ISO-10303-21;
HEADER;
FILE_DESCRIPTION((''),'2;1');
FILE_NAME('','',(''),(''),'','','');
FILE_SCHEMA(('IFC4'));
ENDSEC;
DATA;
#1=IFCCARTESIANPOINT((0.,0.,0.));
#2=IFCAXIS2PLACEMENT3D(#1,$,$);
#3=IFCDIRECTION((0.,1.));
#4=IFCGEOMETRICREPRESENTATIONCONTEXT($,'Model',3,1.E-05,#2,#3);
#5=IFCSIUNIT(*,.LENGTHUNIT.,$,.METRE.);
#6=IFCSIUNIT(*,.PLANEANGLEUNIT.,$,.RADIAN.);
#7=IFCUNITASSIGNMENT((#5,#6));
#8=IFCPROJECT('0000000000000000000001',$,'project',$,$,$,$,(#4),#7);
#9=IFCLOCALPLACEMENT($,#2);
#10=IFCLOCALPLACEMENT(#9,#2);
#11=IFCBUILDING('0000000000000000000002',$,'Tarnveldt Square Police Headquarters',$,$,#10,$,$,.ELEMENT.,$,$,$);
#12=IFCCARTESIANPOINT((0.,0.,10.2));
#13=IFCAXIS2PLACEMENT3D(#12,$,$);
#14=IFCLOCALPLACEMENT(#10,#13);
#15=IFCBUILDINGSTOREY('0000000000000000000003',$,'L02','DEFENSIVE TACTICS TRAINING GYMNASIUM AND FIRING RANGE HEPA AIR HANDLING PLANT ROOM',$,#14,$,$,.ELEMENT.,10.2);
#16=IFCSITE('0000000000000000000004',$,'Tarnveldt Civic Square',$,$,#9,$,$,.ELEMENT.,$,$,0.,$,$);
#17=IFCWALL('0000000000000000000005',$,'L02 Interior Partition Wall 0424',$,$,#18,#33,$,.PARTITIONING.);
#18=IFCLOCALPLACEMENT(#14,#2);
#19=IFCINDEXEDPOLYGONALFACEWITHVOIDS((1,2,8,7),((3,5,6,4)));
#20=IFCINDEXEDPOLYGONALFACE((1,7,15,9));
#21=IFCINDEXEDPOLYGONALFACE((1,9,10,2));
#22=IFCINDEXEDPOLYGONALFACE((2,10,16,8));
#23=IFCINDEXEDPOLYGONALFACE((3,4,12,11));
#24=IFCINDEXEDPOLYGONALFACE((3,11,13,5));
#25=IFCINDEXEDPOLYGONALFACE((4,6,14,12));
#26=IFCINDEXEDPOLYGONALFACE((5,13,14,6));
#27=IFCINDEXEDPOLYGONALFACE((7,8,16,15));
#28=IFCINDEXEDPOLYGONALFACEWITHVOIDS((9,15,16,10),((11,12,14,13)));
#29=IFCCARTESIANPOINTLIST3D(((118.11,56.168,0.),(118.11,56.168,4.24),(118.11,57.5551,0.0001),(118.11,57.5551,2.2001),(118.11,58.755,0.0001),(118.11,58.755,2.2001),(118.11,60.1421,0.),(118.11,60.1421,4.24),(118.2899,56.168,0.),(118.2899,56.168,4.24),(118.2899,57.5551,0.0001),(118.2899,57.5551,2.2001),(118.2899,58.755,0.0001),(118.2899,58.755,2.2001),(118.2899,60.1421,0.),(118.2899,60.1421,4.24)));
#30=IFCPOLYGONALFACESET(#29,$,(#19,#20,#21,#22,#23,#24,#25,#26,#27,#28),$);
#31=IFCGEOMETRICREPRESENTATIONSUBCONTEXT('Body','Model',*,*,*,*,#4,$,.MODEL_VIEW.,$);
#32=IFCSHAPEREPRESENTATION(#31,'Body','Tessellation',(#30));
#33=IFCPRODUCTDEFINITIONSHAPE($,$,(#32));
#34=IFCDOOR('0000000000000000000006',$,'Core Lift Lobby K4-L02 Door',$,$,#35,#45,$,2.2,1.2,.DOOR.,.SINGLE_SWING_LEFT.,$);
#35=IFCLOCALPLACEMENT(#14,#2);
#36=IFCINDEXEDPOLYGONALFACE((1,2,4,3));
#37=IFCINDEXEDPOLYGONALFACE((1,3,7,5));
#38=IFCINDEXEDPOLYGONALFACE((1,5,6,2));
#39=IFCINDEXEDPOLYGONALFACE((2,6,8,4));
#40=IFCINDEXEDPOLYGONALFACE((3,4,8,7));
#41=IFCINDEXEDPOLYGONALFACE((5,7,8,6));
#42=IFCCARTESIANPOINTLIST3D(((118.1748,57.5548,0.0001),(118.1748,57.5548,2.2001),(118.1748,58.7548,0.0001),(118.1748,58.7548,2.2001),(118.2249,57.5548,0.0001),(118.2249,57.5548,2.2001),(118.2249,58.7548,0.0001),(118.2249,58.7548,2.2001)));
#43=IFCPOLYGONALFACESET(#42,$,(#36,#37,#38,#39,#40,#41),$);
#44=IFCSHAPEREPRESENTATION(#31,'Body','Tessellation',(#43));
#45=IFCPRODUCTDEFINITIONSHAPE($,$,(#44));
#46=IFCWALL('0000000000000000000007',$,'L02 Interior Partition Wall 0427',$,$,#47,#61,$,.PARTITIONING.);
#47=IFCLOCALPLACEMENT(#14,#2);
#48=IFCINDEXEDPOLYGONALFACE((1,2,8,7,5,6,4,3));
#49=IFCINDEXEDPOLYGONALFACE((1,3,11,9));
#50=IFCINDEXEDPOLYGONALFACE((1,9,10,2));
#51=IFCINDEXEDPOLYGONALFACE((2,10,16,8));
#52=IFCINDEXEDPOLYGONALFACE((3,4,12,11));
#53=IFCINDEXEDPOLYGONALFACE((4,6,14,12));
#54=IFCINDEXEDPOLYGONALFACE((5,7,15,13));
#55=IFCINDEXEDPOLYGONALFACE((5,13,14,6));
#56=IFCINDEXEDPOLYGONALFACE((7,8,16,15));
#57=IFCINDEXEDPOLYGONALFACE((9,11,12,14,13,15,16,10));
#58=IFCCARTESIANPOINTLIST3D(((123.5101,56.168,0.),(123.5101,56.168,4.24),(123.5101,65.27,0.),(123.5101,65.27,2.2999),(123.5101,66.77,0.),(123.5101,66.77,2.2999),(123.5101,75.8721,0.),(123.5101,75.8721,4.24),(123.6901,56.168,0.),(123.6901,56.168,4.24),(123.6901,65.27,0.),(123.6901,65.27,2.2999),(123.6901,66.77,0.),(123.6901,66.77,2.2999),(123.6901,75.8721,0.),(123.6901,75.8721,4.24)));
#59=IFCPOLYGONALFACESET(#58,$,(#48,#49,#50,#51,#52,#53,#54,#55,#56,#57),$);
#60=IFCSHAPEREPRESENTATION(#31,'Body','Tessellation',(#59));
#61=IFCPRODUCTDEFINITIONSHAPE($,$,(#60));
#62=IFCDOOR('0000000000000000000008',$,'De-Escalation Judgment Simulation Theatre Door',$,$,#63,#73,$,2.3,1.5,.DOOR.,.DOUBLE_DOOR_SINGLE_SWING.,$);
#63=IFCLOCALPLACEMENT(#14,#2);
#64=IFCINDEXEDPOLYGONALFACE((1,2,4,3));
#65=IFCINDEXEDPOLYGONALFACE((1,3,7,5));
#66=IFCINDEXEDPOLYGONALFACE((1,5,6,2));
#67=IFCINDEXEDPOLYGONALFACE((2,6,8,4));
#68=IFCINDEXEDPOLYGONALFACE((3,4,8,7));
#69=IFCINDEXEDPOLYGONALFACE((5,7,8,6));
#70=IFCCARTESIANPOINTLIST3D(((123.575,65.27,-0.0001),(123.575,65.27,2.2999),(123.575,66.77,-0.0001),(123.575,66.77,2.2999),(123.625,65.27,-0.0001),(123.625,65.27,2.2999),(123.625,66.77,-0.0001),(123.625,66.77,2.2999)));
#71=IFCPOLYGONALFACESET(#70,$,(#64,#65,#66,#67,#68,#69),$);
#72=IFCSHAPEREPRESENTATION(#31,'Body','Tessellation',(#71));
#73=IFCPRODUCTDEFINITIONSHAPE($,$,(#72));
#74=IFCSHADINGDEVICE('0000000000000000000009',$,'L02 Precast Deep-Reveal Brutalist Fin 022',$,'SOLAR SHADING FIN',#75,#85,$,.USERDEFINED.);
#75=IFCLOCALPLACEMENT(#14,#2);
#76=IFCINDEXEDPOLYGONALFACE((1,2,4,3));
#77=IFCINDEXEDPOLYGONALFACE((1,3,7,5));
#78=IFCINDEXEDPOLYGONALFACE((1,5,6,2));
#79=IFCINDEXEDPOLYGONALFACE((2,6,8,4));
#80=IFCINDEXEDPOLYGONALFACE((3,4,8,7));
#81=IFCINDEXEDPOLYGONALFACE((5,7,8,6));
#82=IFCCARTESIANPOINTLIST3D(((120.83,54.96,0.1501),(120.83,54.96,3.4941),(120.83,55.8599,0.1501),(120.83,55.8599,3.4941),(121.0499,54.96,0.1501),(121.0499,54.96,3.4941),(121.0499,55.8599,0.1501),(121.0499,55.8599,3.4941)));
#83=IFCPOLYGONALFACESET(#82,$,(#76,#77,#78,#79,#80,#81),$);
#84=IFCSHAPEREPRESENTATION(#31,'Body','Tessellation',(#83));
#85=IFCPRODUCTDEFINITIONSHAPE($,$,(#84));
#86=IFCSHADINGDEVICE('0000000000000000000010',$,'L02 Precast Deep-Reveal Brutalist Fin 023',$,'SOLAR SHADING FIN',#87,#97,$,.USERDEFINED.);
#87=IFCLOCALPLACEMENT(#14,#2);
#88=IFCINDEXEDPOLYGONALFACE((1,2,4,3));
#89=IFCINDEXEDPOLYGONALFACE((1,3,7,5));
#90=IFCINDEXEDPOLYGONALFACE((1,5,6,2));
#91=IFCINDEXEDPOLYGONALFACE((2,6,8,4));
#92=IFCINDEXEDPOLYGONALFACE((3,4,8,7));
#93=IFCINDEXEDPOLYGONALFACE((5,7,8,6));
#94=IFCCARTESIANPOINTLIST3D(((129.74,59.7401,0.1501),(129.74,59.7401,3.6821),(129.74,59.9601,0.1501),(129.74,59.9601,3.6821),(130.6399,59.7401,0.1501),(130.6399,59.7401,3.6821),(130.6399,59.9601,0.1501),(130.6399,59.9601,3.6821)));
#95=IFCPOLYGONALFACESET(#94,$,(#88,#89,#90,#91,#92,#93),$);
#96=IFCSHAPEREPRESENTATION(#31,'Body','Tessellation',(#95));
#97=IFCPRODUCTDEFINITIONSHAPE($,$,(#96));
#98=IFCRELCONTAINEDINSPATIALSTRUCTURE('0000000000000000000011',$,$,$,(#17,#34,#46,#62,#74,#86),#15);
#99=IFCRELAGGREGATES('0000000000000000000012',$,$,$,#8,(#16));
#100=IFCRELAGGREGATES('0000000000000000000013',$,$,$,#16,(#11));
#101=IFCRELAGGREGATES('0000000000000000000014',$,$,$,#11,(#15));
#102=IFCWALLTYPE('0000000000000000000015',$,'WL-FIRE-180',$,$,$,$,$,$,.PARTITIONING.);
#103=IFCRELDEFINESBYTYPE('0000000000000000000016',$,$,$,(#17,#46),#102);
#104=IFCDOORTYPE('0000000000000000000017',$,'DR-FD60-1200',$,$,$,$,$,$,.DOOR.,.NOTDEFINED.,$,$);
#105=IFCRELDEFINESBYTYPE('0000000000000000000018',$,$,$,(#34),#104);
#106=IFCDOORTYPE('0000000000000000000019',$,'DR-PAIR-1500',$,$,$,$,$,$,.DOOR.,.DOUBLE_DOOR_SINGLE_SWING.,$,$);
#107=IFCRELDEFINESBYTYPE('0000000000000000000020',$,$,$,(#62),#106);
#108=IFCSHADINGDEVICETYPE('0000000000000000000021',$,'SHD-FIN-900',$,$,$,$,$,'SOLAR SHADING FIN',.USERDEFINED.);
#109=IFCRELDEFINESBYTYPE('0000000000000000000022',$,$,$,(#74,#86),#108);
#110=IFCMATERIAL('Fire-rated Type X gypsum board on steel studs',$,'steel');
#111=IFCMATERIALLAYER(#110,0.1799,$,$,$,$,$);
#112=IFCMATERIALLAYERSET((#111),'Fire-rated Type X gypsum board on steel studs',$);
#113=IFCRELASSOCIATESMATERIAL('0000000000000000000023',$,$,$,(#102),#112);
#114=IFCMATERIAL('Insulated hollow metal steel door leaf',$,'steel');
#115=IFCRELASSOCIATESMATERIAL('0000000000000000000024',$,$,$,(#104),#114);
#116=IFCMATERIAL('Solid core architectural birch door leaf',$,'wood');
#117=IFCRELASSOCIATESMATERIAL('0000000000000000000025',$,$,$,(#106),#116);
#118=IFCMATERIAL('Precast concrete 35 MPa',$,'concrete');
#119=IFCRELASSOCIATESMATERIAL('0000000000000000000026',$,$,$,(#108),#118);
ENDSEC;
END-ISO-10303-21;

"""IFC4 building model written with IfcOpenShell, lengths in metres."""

from ifc_helpers import new_model, si_unit, direction, frame, frame_2d, origin, origin_2d, place, context, subcontext, project, spatial, rectangle, extrude, material, layer, layer_set, material_profile, profile_set, type_object, element, fill, save


model = new_model("IFC4")

# Units and contexts
model_context = context("Model", 3, precision=1e-05, world=origin(), true_north=direction((0.0, 1.0)))
body_context = subcontext(model_context, "Body", "Model", "MODEL_VIEW")
ifc_project = project(units=[si_unit("LENGTHUNIT", "METRE"), si_unit("PLANEANGLEUNIT", "RADIAN")], contexts=[model_context])

# Site, building, storey
site_placement = place(None, origin())
site = spatial("IfcSite", under=ifc_project, at=site_placement, Name="Tarnveldt Civic Square", CompositionType="ELEMENT", RefElevation=0.0)
building_placement = place(site_placement, origin())
building = spatial("IfcBuilding", under=site, at=building_placement, Name="Tarnveldt Square Police Headquarters", CompositionType="ELEMENT")
storey_placement = place(building_placement, frame((0.0, 0.0, 10.2)))
storey = spatial("IfcBuildingStorey", under=building, at=storey_placement, Name="L02", Description="DEFENSIVE TACTICS TRAINING GYMNASIUM AND FIRING RANGE HEPA AIR HANDLING PLANT ROOM", CompositionType="ELEMENT", Elevation=10.2)

# Walls, openings, doors
ifc_material_1 = material(Name="Fire-rated Type X gypsum board on steel studs", Category="steel")
ifc_layer_1 = layer(ifc_material_1, 0.1799)
ifc_layer_set_1 = layer_set([ifc_layer_1], Name="Fire-rated Type X gypsum board on steel studs")
wall_type_1 = type_object("IfcWallType", Name="WL-FIRE-180", PredefinedType="PARTITIONING", material=ifc_layer_set_1)
wall_1_placement = place(storey_placement, frame((118.2, 56.168, 0.0), z_axis=(0.0, 0.0, 1.0), x_axis=(0.0, 1.0, 0.0)))
wall_1 = element("IfcWall", 1, at=wall_1_placement, inside=storey, type_object=wall_type_1, Name="L02 Interior Partition Wall 0424", PredefinedType="PARTITIONING", context=body_context, shape_type="SweptSolid", body=[
    extrude(rectangle(XDim=3.9741, YDim=0.1799, at=frame_2d((1.9871, 0.0))), origin(), (0.0, 0.0, 1.0), 4.24),
])
opening_1_placement = place(wall_1_placement, frame((1.387, 0.0, 0.0)))
opening_1 = element("IfcOpeningElement", 2, at=opening_1_placement, cuts=wall_1, PredefinedType="OPENING", context=body_context, shape_type="SweptSolid", body=[
    extrude(rectangle(XDim=1.2, YDim=2.2, at=frame_2d((0.6001, 1.1001))), frame((0.0, 0.0999, 0.0), z_axis=(0.0, -1.0, 0.0), x_axis=(1.0, 0.0, 0.0)), (0.0, 0.0, 1.0), 0.2),
])
ifc_material_2 = material(Name="Insulated hollow metal steel door leaf", Category="steel")
door_type_1 = type_object("IfcDoorType", Name="DR-FD60-1200", OperationType="NOTDEFINED", PredefinedType="DOOR", material=ifc_material_2)
door_1_placement = place(opening_1_placement, frame((1.2, 0.0, 0.0), z_axis=(0.0, 0.0, 1.0), x_axis=(-1.0, 0.0, 0.0)))
door_1 = element("IfcDoor", 3, at=door_1_placement, inside=storey, type_object=door_type_1, Name="Core Lift Lobby K4-L02 Door", OperationType="SINGLE_SWING_LEFT", OverallHeight=2.2, OverallWidth=1.2, PredefinedType="DOOR", context=body_context, shape_type="SweptSolid", body=[
    extrude(rectangle(XDim=1.2, YDim=2.2, at=frame_2d((0.6001, 1.1001))), frame((0.0, 0.0249, 0.0), z_axis=(0.0, -1.0, 0.0), x_axis=(1.0, 0.0, 0.0)), (0.0, 0.0, 1.0), 0.05),
])
fill(opening_1, door_1)
wall_2_placement = place(storey_placement, frame((123.6001, 56.168, 0.0), z_axis=(0.0, 0.0, 1.0), x_axis=(0.0, 1.0, 0.0)))
wall_2 = element("IfcWall", 4, at=wall_2_placement, inside=storey, type_object=wall_type_1, Name="L02 Interior Partition Wall 0427", PredefinedType="PARTITIONING", context=body_context, shape_type="SweptSolid", body=[
    extrude(rectangle(XDim=19.7041, YDim=0.1799, at=frame_2d((9.8521, 0.0))), origin(), (0.0, 0.0, 1.0), 4.24),
])
opening_2_placement = place(wall_2_placement, frame((9.1021, 0.0, 0.0)))
opening_2 = element("IfcOpeningElement", 5, at=opening_2_placement, cuts=wall_2, PredefinedType="OPENING", context=body_context, shape_type="SweptSolid", body=[
    extrude(rectangle(XDim=1.5, YDim=2.3, at=frame_2d((0.75, 1.1499))), frame((0.0, 0.0999, 0.0), z_axis=(0.0, -1.0, 0.0), x_axis=(1.0, 0.0, 0.0)), (0.0, 0.0, 1.0), 0.2),
])
ifc_material_3 = material(Name="Solid core architectural birch door leaf", Category="wood")
door_type_2 = type_object("IfcDoorType", Name="DR-PAIR-1500", OperationType="DOUBLE_DOOR_SINGLE_SWING", PredefinedType="DOOR", material=ifc_material_3)
door_2_placement = place(opening_2_placement, frame((1.5, 0.0, 0.0), z_axis=(0.0, 0.0, 1.0), x_axis=(-1.0, 0.0, 0.0)))
door_2 = element("IfcDoor", 6, at=door_2_placement, inside=storey, type_object=door_type_2, Name="De-Escalation Judgment Simulation Theatre Door", OperationType="DOUBLE_DOOR_SINGLE_SWING", OverallHeight=2.3, OverallWidth=1.5, PredefinedType="DOOR", context=body_context, shape_type="SweptSolid", body=[
    extrude(rectangle(XDim=1.5, YDim=2.3, at=frame_2d((0.75, 1.1499))), frame((0.0, 0.0249, 0.0), z_axis=(0.0, -1.0, 0.0), x_axis=(1.0, 0.0, 0.0)), (0.0, 0.0, 1.0), 0.05),
])
fill(opening_2, door_2)

# Shading devices
ifc_material_4 = material(Name="Precast concrete 35 MPa", Category="concrete")
ifc_material_profile_1 = material_profile(ifc_material_4, rectangle(XDim=0.22, YDim=0.8999, at=origin_2d()), Name="PC-FIN220x900")
ifc_profile_set_1 = profile_set([ifc_material_profile_1], Name="Precast concrete 35 MPa")
shading_device_type = type_object("IfcShadingDeviceType", Name="SHD-FIN-900", ElementType="SOLAR SHADING FIN", PredefinedType="USERDEFINED", material=ifc_profile_set_1)
shading_device_1_placement = place(storey_placement, frame((120.9399, 55.4099, 0.1501), z_axis=(0.0, 0.0, 1.0), x_axis=(1.0, 0.0, 0.0)))
element("IfcShadingDevice", 7, at=shading_device_1_placement, inside=storey, type_object=shading_device_type, Name="L02 Precast Deep-Reveal Brutalist Fin 022", ObjectType="SOLAR SHADING FIN", PredefinedType="USERDEFINED", context=body_context, shape_type="SweptSolid", body=[
    extrude(rectangle(XDim=0.22, YDim=0.8999, at=origin_2d()), origin(), (0.0, 0.0, 1.0), 3.344),
])
shading_device_2_placement = place(storey_placement, frame((130.1899, 59.8501, 0.1501), z_axis=(0.0, 0.0, 1.0), x_axis=(0.0, 1.0, 0.0)))
element("IfcShadingDevice", 8, at=shading_device_2_placement, inside=storey, type_object=shading_device_type, Name="L02 Precast Deep-Reveal Brutalist Fin 023", ObjectType="SOLAR SHADING FIN", PredefinedType="USERDEFINED", context=body_context, shape_type="SweptSolid", body=[
    extrude(rectangle(XDim=0.22, YDim=0.8999, at=origin_2d()), origin(), (0.0, 0.0, 1.0), 3.532),
])

save(model, "model.ifc")
